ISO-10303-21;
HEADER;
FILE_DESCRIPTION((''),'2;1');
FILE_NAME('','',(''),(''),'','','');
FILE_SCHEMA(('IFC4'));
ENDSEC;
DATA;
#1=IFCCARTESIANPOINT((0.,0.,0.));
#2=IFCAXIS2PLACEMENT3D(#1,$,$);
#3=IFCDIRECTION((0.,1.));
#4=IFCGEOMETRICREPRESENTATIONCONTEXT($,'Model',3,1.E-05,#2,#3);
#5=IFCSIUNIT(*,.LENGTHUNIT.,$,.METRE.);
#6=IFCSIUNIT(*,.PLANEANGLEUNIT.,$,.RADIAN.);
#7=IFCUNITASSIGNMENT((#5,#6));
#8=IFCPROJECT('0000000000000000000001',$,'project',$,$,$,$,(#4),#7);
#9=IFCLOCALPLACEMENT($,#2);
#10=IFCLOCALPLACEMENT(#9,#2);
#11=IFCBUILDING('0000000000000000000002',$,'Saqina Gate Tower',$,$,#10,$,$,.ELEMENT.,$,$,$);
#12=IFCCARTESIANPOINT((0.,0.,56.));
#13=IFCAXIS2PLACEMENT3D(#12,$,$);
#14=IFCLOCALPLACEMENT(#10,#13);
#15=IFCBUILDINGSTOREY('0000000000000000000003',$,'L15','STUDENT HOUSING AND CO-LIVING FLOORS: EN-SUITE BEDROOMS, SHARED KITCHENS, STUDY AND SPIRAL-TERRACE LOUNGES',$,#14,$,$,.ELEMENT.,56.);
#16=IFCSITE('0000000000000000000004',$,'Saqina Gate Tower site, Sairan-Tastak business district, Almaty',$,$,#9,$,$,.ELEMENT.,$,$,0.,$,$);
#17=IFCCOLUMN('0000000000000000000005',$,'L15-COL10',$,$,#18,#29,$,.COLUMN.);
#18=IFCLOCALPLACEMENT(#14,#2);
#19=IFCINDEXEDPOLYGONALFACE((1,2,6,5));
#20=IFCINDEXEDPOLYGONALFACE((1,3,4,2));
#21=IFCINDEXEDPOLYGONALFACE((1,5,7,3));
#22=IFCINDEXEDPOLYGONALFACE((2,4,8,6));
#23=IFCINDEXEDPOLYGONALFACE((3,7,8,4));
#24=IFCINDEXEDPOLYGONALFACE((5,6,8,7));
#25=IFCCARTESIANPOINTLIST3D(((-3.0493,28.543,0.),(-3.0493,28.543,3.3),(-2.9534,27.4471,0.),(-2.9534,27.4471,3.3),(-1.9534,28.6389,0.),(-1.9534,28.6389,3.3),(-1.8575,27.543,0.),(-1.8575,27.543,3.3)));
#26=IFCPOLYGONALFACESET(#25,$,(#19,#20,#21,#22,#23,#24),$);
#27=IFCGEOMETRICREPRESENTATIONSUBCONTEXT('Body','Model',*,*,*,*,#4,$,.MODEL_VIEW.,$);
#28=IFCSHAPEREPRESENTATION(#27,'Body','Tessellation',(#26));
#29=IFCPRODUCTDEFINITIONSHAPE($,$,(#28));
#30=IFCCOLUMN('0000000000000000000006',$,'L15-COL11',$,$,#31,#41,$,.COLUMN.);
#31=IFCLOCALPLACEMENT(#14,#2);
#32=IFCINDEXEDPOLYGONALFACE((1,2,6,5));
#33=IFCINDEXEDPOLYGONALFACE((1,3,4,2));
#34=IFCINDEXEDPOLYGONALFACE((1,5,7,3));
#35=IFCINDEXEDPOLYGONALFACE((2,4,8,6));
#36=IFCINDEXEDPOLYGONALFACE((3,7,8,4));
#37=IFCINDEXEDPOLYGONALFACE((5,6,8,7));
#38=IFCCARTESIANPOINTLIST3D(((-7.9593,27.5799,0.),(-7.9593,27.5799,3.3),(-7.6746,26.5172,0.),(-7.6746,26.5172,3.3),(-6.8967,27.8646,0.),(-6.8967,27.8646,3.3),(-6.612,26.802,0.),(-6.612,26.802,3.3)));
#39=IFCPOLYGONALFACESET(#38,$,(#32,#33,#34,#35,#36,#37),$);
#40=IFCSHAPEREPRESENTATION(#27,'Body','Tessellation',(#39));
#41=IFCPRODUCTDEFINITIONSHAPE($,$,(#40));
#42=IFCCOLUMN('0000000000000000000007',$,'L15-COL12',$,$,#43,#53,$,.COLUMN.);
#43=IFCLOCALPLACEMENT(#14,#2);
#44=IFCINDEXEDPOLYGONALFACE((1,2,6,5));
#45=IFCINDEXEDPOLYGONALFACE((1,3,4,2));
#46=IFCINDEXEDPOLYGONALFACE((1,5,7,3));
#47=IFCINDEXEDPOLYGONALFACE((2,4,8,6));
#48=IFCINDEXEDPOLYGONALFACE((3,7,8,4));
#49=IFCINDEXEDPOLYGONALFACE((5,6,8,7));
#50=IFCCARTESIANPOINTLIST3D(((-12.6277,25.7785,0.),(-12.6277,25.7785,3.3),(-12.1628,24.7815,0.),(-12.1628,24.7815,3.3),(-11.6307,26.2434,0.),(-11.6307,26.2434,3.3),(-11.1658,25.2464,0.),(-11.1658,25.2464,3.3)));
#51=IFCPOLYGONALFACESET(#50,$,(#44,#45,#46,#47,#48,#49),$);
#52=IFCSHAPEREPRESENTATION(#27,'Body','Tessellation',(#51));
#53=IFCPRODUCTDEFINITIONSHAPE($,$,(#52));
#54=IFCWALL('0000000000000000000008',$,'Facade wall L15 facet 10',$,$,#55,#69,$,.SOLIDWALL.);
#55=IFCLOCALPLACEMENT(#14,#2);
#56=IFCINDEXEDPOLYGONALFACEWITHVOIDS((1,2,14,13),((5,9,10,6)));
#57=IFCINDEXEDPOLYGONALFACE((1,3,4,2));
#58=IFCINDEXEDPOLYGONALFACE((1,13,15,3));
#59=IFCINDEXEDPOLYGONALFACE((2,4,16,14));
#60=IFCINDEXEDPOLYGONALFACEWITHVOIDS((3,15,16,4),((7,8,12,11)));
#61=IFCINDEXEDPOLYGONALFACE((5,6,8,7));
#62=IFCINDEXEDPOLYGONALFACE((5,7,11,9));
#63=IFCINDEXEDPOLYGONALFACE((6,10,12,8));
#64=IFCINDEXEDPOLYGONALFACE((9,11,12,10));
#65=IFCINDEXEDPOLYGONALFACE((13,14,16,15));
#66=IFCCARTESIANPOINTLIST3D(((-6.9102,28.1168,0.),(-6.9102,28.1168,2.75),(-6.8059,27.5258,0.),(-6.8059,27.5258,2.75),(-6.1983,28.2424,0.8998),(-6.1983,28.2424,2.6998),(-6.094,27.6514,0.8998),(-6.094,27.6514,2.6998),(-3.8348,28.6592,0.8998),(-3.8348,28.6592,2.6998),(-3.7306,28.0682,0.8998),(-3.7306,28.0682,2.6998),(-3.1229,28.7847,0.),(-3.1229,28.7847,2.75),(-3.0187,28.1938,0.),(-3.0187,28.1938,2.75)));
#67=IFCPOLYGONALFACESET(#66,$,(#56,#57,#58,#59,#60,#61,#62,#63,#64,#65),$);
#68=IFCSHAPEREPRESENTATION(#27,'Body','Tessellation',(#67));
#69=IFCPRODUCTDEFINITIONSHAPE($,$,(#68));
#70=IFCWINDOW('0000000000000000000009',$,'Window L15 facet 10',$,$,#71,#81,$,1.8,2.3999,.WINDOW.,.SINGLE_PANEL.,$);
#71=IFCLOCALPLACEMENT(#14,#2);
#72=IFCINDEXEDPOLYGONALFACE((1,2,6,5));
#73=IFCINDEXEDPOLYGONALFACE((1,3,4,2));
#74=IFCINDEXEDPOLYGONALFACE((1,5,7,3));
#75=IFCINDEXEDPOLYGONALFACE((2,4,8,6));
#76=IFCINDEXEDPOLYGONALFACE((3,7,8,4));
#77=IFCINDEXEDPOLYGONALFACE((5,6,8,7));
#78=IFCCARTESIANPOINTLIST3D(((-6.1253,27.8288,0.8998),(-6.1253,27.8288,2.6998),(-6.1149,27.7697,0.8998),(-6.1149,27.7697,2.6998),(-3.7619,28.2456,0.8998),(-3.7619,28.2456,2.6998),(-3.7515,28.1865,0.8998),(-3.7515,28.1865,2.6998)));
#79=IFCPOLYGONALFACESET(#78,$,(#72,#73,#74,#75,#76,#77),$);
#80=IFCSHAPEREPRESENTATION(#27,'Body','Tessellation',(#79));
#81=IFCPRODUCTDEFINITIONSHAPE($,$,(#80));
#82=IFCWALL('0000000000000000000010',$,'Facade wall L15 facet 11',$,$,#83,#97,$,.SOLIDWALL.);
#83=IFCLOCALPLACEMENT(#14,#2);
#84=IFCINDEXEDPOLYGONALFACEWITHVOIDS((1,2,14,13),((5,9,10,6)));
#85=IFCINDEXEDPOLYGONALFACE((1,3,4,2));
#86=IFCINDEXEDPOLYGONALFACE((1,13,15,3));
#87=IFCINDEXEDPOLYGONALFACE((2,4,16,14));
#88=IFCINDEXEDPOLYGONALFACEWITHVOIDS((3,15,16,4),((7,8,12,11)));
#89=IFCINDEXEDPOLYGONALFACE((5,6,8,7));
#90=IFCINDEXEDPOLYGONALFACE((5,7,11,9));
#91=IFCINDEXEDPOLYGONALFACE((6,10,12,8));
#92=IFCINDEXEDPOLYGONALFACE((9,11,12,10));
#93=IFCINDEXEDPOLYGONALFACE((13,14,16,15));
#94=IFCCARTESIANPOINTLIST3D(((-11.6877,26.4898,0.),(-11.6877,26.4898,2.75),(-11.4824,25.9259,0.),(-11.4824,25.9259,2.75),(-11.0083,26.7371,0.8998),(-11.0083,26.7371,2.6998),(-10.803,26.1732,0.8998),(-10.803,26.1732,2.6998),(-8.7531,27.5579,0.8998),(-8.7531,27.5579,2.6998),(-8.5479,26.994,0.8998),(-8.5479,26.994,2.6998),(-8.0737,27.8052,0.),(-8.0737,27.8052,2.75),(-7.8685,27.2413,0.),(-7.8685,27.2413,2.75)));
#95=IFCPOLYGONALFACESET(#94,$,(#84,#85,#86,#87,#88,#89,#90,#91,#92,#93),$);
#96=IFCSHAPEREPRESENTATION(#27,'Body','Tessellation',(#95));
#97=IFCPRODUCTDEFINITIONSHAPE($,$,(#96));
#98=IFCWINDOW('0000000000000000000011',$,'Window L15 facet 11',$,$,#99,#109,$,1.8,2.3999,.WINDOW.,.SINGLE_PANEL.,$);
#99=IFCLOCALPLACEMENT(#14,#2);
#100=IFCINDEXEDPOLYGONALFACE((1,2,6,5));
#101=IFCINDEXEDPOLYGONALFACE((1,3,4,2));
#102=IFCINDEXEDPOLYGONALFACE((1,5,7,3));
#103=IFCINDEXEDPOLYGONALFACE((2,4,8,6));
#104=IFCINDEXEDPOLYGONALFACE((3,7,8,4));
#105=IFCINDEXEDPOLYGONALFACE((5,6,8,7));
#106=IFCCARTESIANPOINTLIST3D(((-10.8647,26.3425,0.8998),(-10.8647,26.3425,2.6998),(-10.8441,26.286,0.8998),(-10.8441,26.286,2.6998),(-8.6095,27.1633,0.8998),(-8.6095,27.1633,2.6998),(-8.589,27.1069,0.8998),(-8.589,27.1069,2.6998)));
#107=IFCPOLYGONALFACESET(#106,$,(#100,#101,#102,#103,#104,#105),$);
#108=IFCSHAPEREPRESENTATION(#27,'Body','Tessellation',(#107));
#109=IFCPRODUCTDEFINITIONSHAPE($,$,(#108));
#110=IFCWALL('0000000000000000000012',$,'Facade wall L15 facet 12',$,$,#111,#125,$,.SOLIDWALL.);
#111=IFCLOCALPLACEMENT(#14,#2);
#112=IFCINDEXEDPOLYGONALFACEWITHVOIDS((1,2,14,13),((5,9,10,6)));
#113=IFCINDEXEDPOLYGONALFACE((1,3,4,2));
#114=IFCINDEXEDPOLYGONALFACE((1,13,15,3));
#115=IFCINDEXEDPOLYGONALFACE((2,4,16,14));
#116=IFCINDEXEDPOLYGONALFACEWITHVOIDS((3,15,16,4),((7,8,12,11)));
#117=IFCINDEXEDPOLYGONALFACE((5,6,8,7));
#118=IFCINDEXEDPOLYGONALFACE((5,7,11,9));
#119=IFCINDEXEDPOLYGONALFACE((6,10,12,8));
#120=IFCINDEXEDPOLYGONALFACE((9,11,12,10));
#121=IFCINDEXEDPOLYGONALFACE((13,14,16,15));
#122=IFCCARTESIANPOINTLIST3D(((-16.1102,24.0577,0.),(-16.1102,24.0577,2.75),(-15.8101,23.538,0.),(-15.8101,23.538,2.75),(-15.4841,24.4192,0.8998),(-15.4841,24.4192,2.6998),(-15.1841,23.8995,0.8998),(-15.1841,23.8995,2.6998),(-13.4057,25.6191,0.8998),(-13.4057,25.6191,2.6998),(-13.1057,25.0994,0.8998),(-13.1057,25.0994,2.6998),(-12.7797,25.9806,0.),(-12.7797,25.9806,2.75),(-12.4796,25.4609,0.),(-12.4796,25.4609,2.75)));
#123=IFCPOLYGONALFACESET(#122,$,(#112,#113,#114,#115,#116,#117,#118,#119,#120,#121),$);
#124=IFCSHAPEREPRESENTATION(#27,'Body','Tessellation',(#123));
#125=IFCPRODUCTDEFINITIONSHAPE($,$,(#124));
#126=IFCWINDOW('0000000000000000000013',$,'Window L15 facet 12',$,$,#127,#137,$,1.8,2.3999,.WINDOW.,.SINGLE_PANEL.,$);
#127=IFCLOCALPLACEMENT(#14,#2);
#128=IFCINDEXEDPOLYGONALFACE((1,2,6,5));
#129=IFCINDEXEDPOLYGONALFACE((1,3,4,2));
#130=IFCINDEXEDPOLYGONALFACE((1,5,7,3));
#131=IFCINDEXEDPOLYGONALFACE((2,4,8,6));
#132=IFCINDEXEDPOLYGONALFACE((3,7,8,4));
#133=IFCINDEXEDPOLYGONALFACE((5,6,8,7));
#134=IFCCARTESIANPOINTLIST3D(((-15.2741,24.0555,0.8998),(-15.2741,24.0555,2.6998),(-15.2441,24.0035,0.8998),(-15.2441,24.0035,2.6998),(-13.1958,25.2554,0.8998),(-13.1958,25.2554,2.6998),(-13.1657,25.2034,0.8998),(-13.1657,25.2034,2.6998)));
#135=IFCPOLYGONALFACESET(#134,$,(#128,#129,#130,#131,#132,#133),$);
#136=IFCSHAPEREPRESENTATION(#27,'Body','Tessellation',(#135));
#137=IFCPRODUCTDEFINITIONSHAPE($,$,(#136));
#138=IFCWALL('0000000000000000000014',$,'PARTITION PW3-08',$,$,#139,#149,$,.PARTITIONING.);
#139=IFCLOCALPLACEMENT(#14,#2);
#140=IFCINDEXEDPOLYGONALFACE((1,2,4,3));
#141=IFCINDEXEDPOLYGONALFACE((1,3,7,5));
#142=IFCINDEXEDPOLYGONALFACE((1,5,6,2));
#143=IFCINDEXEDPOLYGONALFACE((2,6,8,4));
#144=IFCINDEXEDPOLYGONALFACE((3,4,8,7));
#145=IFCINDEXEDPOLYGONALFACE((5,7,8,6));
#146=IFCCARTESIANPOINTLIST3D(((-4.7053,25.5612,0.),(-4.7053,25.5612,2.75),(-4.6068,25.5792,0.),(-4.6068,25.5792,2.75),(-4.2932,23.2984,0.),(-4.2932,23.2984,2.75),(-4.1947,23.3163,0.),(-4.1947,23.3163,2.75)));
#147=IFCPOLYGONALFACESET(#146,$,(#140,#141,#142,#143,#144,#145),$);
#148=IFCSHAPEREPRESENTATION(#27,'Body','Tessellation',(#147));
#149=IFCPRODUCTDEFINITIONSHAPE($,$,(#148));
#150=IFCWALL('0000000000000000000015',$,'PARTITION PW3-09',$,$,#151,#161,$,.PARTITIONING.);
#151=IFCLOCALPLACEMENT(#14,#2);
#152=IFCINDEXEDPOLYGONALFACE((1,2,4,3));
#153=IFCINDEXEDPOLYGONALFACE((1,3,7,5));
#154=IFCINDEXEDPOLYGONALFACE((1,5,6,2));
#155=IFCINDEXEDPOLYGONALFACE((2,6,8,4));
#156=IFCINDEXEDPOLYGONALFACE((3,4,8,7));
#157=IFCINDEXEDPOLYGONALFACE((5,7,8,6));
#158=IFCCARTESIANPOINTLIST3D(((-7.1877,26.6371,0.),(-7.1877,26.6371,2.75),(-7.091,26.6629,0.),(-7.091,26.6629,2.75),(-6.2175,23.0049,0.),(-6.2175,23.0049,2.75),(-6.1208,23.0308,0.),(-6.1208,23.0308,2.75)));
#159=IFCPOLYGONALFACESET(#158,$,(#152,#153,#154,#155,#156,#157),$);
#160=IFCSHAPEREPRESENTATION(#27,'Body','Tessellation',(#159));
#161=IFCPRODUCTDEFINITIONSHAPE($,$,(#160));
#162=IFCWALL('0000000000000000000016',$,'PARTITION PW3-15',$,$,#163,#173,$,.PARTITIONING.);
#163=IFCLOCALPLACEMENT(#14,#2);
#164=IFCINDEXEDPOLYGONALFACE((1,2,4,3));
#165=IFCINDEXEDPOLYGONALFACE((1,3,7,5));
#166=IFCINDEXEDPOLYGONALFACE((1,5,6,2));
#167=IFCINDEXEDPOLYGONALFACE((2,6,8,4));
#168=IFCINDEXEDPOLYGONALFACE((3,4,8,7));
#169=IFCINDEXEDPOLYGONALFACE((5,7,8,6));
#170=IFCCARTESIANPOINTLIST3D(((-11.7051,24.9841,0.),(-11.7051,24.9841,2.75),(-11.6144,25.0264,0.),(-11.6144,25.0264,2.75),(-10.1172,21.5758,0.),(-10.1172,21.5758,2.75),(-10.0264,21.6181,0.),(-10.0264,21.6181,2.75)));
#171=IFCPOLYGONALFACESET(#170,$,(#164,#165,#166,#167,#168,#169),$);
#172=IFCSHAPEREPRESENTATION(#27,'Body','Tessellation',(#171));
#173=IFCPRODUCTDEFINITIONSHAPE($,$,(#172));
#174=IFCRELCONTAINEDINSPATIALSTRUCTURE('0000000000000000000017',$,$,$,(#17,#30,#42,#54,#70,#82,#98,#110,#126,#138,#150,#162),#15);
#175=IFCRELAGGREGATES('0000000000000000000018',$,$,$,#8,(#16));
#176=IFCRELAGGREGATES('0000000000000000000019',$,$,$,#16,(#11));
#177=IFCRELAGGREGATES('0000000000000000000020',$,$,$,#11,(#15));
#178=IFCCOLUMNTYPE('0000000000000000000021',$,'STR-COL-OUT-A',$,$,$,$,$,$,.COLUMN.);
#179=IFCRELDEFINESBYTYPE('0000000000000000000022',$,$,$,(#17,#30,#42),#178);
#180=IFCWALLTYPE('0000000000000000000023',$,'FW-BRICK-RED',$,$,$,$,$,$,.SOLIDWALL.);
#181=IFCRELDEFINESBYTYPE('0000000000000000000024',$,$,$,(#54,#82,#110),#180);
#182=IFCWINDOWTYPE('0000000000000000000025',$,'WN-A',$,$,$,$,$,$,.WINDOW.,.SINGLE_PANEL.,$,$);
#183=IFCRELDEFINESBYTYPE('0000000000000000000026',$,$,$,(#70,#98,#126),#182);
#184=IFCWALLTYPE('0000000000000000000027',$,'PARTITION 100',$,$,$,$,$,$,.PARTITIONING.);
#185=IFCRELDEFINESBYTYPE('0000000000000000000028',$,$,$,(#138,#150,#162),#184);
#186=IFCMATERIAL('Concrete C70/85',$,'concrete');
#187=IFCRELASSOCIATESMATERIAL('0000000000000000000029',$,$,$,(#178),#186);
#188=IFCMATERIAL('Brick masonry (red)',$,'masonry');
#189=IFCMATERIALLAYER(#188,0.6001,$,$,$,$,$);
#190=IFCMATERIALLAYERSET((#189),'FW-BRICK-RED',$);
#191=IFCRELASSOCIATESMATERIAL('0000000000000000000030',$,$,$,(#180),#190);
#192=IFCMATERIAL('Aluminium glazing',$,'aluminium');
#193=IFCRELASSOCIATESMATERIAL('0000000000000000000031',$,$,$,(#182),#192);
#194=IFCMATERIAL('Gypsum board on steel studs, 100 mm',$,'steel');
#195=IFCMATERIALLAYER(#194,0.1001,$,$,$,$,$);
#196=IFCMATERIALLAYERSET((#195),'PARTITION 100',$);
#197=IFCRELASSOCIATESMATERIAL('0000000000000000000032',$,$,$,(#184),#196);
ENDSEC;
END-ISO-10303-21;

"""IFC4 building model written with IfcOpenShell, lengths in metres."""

from ifc_helpers import new_model, si_unit, direction, frame, frame_2d, origin, origin_2d, place, context, subcontext, project, spatial, rectangle, extrude, material, layer, layer_set, material_profile, profile_set, type_object, element, fill, save


model = new_model("IFC4")

# Units and contexts
model_context = context("Model", 3, precision=1e-05, world=origin(), true_north=direction((0.0, 1.0)))
body_context = subcontext(model_context, "Body", "Model", "MODEL_VIEW")
ifc_project = project(units=[si_unit("LENGTHUNIT", "METRE"), si_unit("PLANEANGLEUNIT", "RADIAN")], contexts=[model_context])

# Site, building, storey
site_placement = place(None, origin())
site = spatial("IfcSite", under=ifc_project, at=site_placement, Name="Saqina Gate Tower site, Sairan-Tastak business district, Almaty", CompositionType="ELEMENT", RefElevation=0.0)
building_placement = place(site_placement, origin())
building = spatial("IfcBuilding", under=site, at=building_placement, Name="Saqina Gate Tower", CompositionType="ELEMENT")
storey_placement = place(building_placement, frame((0.0, 0.0, 56.0)))
storey = spatial("IfcBuildingStorey", under=building, at=storey_placement, Name="L15", Description="STUDENT HOUSING AND CO-LIVING FLOORS: EN-SUITE BEDROOMS, SHARED KITCHENS, STUDY AND SPIRAL-TERRACE LOUNGES", CompositionType="ELEMENT", Elevation=56.0)

# Columns
ifc_material_1 = material(Name="Concrete C70/85", Category="concrete")
ifc_material_profile = material_profile(ifc_material_1, rectangle(XDim=1.1001, YDim=1.1001, at=origin_2d()), Name="RC 1100x1100")
ifc_profile_set = profile_set([ifc_material_profile], Name="Concrete C70/85")
column_type = type_object("IfcColumnType", Name="STR-COL-OUT-A", PredefinedType="COLUMN", material=ifc_profile_set)
for number, where, z_axis, x_axis, name in (
    (1, (-2.4534, 28.043, 0.0), (0.0, 0.0, 1.0), (-0.087156, 0.996195, 0.0), "L15-COL10"),
    (2, (-7.2856, 27.1909, 0.0), (0.0, 0.0, 1.0), (-0.258819, 0.965926, 0.0), "L15-COL11"),
    (3, (-11.8967, 25.5125, 0.0), (0.0, 0.0, 1.0), (-0.422618, 0.906308, 0.0), "L15-COL12"),
):
    element("IfcColumn", number, at=place(storey_placement, frame(where, z_axis=z_axis, x_axis=x_axis)), inside=storey, type_object=column_type, Name=name, PredefinedType="COLUMN", context=body_context, shape_type="SweptSolid", body=[
        extrude(rectangle(XDim=1.1001, YDim=1.1001, at=origin_2d()), origin(), (0.0, 0.0, 1.0), 3.3),
    ])

# Walls, openings, windows
ifc_material_2 = material(Name="Brick masonry (red)", Category="masonry")
ifc_layer_1 = layer(ifc_material_2, 0.6001)
ifc_layer_set_1 = layer_set([ifc_layer_1], Name="FW-BRICK-RED")
wall_type_1 = type_object("IfcWallType", Name="FW-BRICK-RED", PredefinedType="SOLIDWALL", material=ifc_layer_set_1)
wall_1_placement = place(storey_placement, frame((-3.0708, 28.4893, 0.0), z_axis=(0.0, 0.0, 1.0), x_axis=(-0.984801, -0.173688, 0.0)))
wall_1 = element("IfcWall", 4, at=wall_1_placement, inside=storey, type_object=wall_type_1, Name="Facade wall L15 facet 10", PredefinedType="SOLIDWALL", context=body_context, shape_type="SweptSolid", body=[
    extrude(rectangle(XDim=3.8457, YDim=0.6001, at=frame_2d((1.9229, 0.0))), origin(), (0.0, 0.0, 1.0), 2.75),
])
opening_1_placement = place(wall_1_placement, frame((0.7229, 0.0, 0.8999)))
opening_1 = element("IfcOpeningElement", 5, at=opening_1_placement, cuts=wall_1, PredefinedType="OPENING", context=body_context, shape_type="SweptSolid", body=[
    extrude(rectangle(XDim=2.3999, YDim=1.8, at=frame_2d((1.2, 0.8999))), frame((0.0, 0.312, 0.0), z_axis=(0.0, -1.0, 0.0), x_axis=(1.0, 0.0, 0.0)), (0.0, 0.0, 1.0), 0.624),
])
ifc_material_3 = material(Name="Aluminium glazing", Category="aluminium")
window_type = type_object("IfcWindowType", Name="WN-A", PartitioningType="SINGLE_PANEL", PredefinedType="WINDOW", material=ifc_material_3)
window_1_placement = place(opening_1_placement, origin())
window_1 = element("IfcWindow", 6, at=window_1_placement, inside=storey, type_object=window_type, Name="Window L15 facet 10", OverallHeight=1.8, OverallWidth=2.3999, PartitioningType="SINGLE_PANEL", PredefinedType="WINDOW", context=body_context, shape_type="SweptSolid", body=[
    extrude(rectangle(XDim=2.3999, YDim=1.8, at=frame_2d((1.2, 0.8999))), frame((0.0, 0.1799, 0.0), z_axis=(0.0, -1.0, 0.0), x_axis=(1.0, 0.0, 0.0)), (0.0, 0.0, 1.0), 0.0601),
])
fill(opening_1, window_1)
wall_2_placement = place(storey_placement, frame((-7.9712, 27.5232, 0.0), z_axis=(0.0, 0.0, 1.0), x_axis=(-0.93969, -0.342028, 0.0)))
wall_2 = element("IfcWall", 7, at=wall_2_placement, inside=storey, type_object=wall_type_1, Name="Facade wall L15 facet 11", PredefinedType="SOLIDWALL", context=body_context, shape_type="SweptSolid", body=[
    extrude(rectangle(XDim=3.8459, YDim=0.6001, at=frame_2d((1.9229, 0.0))), origin(), (0.0, 0.0, 1.0), 2.75),
])
opening_2_placement = place(wall_2_placement, frame((0.7229, 0.0, 0.8999)))
opening_2 = element("IfcOpeningElement", 8, at=opening_2_placement, cuts=wall_2, PredefinedType="OPENING", context=body_context, shape_type="SweptSolid", body=[
    extrude(rectangle(XDim=2.3999, YDim=1.8, at=frame_2d((1.2, 0.8999))), frame((0.0, 0.312, 0.0), z_axis=(0.0, -1.0, 0.0), x_axis=(1.0, 0.0, 0.0)), (0.0, 0.0, 1.0), 0.624),
])
window_2_placement = place(opening_2_placement, origin())
window_2 = element("IfcWindow", 9, at=window_2_placement, inside=storey, type_object=window_type, Name="Window L15 facet 11", OverallHeight=1.8, OverallWidth=2.3999, PartitioningType="SINGLE_PANEL", PredefinedType="WINDOW", context=body_context, shape_type="SweptSolid", body=[
    extrude(rectangle(XDim=2.3999, YDim=1.8, at=frame_2d((1.2, 0.8999))), frame((0.0, 0.1799, 0.0), z_axis=(0.0, -1.0, 0.0), x_axis=(1.0, 0.0, 0.0)), (0.0, 0.0, 1.0), 0.0601),
])
fill(opening_2, window_2)
wall_3_placement = place(storey_placement, frame((-12.6296, 25.7207, 0.0), z_axis=(0.0, 0.0, 1.0), x_axis=(-0.866031, -0.49999, 0.0)))
wall_3 = element("IfcWall", 10, at=wall_3_placement, inside=storey, type_object=wall_type_1, Name="Facade wall L15 facet 12", PredefinedType="SOLIDWALL", context=body_context, shape_type="SweptSolid", body=[
    extrude(rectangle(XDim=3.8457, YDim=0.6001, at=frame_2d((1.9229, 0.0))), origin(), (0.0, 0.0, 1.0), 2.75),
])
opening_3_placement = place(wall_3_placement, frame((0.7229, 0.0, 0.8999)))
opening_3 = element("IfcOpeningElement", 11, at=opening_3_placement, cuts=wall_3, PredefinedType="OPENING", context=body_context, shape_type="SweptSolid", body=[
    extrude(rectangle(XDim=2.3999, YDim=1.8, at=frame_2d((1.2, 0.8999))), frame((0.0, 0.312, 0.0), z_axis=(0.0, -1.0, 0.0), x_axis=(1.0, 0.0, 0.0)), (0.0, 0.0, 1.0), 0.624),
])
window_3_placement = place(opening_3_placement, origin())
window_3 = element("IfcWindow", 12, at=window_3_placement, inside=storey, type_object=window_type, Name="Window L15 facet 12", OverallHeight=1.8, OverallWidth=2.3999, PartitioningType="SINGLE_PANEL", PredefinedType="WINDOW", context=body_context, shape_type="SweptSolid", body=[
    extrude(rectangle(XDim=2.3999, YDim=1.8, at=frame_2d((1.2, 0.8999))), frame((0.0, 0.1799, 0.0), z_axis=(0.0, -1.0, 0.0), x_axis=(1.0, 0.0, 0.0)), (0.0, 0.0, 1.0), 0.0601),
])
fill(opening_3, window_3)

# Walls
ifc_material_4 = material(Name="Gypsum board on steel studs, 100 mm", Category="steel")
ifc_layer_2 = layer(ifc_material_4, 0.1001)
ifc_layer_set_2 = layer_set([ifc_layer_2], Name="PARTITION 100")
wall_type_2 = type_object("IfcWallType", Name="PARTITION 100", PredefinedType="PARTITIONING", material=ifc_layer_set_2)
wall_4_placement = place(storey_placement, frame((-4.656, 25.5701, 0.0), z_axis=(0.0, 0.0, 1.0), x_axis=(0.179166, -0.983819, 0.0)))
element("IfcWall", 13, at=wall_4_placement, inside=storey, type_object=wall_type_2, Name="PARTITION PW3-08", PredefinedType="PARTITIONING", context=body_context, shape_type="SweptSolid", body=[
    extrude(rectangle(XDim=2.3, YDim=0.1001, at=frame_2d((1.1499, 0.0))), origin(), (0.0, 0.0, 1.0), 2.75),
])
wall_5_placement = place(storey_placement, frame((-7.1394, 26.6501, 0.0), z_axis=(0.0, 0.0, 1.0), x_axis=(0.258075, -0.966125, 0.0)))
element("IfcWall", 14, at=wall_5_placement, inside=storey, type_object=wall_type_2, Name="PARTITION PW3-09", PredefinedType="PARTITIONING", context=body_context, shape_type="SweptSolid", body=[
    extrude(rectangle(XDim=3.7595, YDim=0.1001, at=frame_2d((1.8799, 0.0))), origin(), (0.0, 0.0, 1.0), 2.75),
])
wall_6_placement = place(storey_placement, frame((-11.6597, 25.0051, 0.0), z_axis=(0.0, 0.0, 1.0), x_axis=(0.422317, -0.906448, 0.0)))
element("IfcWall", 15, at=wall_6_placement, inside=storey, type_object=wall_type_2, Name="PARTITION PW3-15", PredefinedType="PARTITIONING", context=body_context, shape_type="SweptSolid", body=[
    extrude(rectangle(XDim=3.76, YDim=0.1001, at=frame_2d((1.8799, 0.0))), origin(), (0.0, 0.0, 1.0), 2.75),
])

save(model, "model.ifc")
